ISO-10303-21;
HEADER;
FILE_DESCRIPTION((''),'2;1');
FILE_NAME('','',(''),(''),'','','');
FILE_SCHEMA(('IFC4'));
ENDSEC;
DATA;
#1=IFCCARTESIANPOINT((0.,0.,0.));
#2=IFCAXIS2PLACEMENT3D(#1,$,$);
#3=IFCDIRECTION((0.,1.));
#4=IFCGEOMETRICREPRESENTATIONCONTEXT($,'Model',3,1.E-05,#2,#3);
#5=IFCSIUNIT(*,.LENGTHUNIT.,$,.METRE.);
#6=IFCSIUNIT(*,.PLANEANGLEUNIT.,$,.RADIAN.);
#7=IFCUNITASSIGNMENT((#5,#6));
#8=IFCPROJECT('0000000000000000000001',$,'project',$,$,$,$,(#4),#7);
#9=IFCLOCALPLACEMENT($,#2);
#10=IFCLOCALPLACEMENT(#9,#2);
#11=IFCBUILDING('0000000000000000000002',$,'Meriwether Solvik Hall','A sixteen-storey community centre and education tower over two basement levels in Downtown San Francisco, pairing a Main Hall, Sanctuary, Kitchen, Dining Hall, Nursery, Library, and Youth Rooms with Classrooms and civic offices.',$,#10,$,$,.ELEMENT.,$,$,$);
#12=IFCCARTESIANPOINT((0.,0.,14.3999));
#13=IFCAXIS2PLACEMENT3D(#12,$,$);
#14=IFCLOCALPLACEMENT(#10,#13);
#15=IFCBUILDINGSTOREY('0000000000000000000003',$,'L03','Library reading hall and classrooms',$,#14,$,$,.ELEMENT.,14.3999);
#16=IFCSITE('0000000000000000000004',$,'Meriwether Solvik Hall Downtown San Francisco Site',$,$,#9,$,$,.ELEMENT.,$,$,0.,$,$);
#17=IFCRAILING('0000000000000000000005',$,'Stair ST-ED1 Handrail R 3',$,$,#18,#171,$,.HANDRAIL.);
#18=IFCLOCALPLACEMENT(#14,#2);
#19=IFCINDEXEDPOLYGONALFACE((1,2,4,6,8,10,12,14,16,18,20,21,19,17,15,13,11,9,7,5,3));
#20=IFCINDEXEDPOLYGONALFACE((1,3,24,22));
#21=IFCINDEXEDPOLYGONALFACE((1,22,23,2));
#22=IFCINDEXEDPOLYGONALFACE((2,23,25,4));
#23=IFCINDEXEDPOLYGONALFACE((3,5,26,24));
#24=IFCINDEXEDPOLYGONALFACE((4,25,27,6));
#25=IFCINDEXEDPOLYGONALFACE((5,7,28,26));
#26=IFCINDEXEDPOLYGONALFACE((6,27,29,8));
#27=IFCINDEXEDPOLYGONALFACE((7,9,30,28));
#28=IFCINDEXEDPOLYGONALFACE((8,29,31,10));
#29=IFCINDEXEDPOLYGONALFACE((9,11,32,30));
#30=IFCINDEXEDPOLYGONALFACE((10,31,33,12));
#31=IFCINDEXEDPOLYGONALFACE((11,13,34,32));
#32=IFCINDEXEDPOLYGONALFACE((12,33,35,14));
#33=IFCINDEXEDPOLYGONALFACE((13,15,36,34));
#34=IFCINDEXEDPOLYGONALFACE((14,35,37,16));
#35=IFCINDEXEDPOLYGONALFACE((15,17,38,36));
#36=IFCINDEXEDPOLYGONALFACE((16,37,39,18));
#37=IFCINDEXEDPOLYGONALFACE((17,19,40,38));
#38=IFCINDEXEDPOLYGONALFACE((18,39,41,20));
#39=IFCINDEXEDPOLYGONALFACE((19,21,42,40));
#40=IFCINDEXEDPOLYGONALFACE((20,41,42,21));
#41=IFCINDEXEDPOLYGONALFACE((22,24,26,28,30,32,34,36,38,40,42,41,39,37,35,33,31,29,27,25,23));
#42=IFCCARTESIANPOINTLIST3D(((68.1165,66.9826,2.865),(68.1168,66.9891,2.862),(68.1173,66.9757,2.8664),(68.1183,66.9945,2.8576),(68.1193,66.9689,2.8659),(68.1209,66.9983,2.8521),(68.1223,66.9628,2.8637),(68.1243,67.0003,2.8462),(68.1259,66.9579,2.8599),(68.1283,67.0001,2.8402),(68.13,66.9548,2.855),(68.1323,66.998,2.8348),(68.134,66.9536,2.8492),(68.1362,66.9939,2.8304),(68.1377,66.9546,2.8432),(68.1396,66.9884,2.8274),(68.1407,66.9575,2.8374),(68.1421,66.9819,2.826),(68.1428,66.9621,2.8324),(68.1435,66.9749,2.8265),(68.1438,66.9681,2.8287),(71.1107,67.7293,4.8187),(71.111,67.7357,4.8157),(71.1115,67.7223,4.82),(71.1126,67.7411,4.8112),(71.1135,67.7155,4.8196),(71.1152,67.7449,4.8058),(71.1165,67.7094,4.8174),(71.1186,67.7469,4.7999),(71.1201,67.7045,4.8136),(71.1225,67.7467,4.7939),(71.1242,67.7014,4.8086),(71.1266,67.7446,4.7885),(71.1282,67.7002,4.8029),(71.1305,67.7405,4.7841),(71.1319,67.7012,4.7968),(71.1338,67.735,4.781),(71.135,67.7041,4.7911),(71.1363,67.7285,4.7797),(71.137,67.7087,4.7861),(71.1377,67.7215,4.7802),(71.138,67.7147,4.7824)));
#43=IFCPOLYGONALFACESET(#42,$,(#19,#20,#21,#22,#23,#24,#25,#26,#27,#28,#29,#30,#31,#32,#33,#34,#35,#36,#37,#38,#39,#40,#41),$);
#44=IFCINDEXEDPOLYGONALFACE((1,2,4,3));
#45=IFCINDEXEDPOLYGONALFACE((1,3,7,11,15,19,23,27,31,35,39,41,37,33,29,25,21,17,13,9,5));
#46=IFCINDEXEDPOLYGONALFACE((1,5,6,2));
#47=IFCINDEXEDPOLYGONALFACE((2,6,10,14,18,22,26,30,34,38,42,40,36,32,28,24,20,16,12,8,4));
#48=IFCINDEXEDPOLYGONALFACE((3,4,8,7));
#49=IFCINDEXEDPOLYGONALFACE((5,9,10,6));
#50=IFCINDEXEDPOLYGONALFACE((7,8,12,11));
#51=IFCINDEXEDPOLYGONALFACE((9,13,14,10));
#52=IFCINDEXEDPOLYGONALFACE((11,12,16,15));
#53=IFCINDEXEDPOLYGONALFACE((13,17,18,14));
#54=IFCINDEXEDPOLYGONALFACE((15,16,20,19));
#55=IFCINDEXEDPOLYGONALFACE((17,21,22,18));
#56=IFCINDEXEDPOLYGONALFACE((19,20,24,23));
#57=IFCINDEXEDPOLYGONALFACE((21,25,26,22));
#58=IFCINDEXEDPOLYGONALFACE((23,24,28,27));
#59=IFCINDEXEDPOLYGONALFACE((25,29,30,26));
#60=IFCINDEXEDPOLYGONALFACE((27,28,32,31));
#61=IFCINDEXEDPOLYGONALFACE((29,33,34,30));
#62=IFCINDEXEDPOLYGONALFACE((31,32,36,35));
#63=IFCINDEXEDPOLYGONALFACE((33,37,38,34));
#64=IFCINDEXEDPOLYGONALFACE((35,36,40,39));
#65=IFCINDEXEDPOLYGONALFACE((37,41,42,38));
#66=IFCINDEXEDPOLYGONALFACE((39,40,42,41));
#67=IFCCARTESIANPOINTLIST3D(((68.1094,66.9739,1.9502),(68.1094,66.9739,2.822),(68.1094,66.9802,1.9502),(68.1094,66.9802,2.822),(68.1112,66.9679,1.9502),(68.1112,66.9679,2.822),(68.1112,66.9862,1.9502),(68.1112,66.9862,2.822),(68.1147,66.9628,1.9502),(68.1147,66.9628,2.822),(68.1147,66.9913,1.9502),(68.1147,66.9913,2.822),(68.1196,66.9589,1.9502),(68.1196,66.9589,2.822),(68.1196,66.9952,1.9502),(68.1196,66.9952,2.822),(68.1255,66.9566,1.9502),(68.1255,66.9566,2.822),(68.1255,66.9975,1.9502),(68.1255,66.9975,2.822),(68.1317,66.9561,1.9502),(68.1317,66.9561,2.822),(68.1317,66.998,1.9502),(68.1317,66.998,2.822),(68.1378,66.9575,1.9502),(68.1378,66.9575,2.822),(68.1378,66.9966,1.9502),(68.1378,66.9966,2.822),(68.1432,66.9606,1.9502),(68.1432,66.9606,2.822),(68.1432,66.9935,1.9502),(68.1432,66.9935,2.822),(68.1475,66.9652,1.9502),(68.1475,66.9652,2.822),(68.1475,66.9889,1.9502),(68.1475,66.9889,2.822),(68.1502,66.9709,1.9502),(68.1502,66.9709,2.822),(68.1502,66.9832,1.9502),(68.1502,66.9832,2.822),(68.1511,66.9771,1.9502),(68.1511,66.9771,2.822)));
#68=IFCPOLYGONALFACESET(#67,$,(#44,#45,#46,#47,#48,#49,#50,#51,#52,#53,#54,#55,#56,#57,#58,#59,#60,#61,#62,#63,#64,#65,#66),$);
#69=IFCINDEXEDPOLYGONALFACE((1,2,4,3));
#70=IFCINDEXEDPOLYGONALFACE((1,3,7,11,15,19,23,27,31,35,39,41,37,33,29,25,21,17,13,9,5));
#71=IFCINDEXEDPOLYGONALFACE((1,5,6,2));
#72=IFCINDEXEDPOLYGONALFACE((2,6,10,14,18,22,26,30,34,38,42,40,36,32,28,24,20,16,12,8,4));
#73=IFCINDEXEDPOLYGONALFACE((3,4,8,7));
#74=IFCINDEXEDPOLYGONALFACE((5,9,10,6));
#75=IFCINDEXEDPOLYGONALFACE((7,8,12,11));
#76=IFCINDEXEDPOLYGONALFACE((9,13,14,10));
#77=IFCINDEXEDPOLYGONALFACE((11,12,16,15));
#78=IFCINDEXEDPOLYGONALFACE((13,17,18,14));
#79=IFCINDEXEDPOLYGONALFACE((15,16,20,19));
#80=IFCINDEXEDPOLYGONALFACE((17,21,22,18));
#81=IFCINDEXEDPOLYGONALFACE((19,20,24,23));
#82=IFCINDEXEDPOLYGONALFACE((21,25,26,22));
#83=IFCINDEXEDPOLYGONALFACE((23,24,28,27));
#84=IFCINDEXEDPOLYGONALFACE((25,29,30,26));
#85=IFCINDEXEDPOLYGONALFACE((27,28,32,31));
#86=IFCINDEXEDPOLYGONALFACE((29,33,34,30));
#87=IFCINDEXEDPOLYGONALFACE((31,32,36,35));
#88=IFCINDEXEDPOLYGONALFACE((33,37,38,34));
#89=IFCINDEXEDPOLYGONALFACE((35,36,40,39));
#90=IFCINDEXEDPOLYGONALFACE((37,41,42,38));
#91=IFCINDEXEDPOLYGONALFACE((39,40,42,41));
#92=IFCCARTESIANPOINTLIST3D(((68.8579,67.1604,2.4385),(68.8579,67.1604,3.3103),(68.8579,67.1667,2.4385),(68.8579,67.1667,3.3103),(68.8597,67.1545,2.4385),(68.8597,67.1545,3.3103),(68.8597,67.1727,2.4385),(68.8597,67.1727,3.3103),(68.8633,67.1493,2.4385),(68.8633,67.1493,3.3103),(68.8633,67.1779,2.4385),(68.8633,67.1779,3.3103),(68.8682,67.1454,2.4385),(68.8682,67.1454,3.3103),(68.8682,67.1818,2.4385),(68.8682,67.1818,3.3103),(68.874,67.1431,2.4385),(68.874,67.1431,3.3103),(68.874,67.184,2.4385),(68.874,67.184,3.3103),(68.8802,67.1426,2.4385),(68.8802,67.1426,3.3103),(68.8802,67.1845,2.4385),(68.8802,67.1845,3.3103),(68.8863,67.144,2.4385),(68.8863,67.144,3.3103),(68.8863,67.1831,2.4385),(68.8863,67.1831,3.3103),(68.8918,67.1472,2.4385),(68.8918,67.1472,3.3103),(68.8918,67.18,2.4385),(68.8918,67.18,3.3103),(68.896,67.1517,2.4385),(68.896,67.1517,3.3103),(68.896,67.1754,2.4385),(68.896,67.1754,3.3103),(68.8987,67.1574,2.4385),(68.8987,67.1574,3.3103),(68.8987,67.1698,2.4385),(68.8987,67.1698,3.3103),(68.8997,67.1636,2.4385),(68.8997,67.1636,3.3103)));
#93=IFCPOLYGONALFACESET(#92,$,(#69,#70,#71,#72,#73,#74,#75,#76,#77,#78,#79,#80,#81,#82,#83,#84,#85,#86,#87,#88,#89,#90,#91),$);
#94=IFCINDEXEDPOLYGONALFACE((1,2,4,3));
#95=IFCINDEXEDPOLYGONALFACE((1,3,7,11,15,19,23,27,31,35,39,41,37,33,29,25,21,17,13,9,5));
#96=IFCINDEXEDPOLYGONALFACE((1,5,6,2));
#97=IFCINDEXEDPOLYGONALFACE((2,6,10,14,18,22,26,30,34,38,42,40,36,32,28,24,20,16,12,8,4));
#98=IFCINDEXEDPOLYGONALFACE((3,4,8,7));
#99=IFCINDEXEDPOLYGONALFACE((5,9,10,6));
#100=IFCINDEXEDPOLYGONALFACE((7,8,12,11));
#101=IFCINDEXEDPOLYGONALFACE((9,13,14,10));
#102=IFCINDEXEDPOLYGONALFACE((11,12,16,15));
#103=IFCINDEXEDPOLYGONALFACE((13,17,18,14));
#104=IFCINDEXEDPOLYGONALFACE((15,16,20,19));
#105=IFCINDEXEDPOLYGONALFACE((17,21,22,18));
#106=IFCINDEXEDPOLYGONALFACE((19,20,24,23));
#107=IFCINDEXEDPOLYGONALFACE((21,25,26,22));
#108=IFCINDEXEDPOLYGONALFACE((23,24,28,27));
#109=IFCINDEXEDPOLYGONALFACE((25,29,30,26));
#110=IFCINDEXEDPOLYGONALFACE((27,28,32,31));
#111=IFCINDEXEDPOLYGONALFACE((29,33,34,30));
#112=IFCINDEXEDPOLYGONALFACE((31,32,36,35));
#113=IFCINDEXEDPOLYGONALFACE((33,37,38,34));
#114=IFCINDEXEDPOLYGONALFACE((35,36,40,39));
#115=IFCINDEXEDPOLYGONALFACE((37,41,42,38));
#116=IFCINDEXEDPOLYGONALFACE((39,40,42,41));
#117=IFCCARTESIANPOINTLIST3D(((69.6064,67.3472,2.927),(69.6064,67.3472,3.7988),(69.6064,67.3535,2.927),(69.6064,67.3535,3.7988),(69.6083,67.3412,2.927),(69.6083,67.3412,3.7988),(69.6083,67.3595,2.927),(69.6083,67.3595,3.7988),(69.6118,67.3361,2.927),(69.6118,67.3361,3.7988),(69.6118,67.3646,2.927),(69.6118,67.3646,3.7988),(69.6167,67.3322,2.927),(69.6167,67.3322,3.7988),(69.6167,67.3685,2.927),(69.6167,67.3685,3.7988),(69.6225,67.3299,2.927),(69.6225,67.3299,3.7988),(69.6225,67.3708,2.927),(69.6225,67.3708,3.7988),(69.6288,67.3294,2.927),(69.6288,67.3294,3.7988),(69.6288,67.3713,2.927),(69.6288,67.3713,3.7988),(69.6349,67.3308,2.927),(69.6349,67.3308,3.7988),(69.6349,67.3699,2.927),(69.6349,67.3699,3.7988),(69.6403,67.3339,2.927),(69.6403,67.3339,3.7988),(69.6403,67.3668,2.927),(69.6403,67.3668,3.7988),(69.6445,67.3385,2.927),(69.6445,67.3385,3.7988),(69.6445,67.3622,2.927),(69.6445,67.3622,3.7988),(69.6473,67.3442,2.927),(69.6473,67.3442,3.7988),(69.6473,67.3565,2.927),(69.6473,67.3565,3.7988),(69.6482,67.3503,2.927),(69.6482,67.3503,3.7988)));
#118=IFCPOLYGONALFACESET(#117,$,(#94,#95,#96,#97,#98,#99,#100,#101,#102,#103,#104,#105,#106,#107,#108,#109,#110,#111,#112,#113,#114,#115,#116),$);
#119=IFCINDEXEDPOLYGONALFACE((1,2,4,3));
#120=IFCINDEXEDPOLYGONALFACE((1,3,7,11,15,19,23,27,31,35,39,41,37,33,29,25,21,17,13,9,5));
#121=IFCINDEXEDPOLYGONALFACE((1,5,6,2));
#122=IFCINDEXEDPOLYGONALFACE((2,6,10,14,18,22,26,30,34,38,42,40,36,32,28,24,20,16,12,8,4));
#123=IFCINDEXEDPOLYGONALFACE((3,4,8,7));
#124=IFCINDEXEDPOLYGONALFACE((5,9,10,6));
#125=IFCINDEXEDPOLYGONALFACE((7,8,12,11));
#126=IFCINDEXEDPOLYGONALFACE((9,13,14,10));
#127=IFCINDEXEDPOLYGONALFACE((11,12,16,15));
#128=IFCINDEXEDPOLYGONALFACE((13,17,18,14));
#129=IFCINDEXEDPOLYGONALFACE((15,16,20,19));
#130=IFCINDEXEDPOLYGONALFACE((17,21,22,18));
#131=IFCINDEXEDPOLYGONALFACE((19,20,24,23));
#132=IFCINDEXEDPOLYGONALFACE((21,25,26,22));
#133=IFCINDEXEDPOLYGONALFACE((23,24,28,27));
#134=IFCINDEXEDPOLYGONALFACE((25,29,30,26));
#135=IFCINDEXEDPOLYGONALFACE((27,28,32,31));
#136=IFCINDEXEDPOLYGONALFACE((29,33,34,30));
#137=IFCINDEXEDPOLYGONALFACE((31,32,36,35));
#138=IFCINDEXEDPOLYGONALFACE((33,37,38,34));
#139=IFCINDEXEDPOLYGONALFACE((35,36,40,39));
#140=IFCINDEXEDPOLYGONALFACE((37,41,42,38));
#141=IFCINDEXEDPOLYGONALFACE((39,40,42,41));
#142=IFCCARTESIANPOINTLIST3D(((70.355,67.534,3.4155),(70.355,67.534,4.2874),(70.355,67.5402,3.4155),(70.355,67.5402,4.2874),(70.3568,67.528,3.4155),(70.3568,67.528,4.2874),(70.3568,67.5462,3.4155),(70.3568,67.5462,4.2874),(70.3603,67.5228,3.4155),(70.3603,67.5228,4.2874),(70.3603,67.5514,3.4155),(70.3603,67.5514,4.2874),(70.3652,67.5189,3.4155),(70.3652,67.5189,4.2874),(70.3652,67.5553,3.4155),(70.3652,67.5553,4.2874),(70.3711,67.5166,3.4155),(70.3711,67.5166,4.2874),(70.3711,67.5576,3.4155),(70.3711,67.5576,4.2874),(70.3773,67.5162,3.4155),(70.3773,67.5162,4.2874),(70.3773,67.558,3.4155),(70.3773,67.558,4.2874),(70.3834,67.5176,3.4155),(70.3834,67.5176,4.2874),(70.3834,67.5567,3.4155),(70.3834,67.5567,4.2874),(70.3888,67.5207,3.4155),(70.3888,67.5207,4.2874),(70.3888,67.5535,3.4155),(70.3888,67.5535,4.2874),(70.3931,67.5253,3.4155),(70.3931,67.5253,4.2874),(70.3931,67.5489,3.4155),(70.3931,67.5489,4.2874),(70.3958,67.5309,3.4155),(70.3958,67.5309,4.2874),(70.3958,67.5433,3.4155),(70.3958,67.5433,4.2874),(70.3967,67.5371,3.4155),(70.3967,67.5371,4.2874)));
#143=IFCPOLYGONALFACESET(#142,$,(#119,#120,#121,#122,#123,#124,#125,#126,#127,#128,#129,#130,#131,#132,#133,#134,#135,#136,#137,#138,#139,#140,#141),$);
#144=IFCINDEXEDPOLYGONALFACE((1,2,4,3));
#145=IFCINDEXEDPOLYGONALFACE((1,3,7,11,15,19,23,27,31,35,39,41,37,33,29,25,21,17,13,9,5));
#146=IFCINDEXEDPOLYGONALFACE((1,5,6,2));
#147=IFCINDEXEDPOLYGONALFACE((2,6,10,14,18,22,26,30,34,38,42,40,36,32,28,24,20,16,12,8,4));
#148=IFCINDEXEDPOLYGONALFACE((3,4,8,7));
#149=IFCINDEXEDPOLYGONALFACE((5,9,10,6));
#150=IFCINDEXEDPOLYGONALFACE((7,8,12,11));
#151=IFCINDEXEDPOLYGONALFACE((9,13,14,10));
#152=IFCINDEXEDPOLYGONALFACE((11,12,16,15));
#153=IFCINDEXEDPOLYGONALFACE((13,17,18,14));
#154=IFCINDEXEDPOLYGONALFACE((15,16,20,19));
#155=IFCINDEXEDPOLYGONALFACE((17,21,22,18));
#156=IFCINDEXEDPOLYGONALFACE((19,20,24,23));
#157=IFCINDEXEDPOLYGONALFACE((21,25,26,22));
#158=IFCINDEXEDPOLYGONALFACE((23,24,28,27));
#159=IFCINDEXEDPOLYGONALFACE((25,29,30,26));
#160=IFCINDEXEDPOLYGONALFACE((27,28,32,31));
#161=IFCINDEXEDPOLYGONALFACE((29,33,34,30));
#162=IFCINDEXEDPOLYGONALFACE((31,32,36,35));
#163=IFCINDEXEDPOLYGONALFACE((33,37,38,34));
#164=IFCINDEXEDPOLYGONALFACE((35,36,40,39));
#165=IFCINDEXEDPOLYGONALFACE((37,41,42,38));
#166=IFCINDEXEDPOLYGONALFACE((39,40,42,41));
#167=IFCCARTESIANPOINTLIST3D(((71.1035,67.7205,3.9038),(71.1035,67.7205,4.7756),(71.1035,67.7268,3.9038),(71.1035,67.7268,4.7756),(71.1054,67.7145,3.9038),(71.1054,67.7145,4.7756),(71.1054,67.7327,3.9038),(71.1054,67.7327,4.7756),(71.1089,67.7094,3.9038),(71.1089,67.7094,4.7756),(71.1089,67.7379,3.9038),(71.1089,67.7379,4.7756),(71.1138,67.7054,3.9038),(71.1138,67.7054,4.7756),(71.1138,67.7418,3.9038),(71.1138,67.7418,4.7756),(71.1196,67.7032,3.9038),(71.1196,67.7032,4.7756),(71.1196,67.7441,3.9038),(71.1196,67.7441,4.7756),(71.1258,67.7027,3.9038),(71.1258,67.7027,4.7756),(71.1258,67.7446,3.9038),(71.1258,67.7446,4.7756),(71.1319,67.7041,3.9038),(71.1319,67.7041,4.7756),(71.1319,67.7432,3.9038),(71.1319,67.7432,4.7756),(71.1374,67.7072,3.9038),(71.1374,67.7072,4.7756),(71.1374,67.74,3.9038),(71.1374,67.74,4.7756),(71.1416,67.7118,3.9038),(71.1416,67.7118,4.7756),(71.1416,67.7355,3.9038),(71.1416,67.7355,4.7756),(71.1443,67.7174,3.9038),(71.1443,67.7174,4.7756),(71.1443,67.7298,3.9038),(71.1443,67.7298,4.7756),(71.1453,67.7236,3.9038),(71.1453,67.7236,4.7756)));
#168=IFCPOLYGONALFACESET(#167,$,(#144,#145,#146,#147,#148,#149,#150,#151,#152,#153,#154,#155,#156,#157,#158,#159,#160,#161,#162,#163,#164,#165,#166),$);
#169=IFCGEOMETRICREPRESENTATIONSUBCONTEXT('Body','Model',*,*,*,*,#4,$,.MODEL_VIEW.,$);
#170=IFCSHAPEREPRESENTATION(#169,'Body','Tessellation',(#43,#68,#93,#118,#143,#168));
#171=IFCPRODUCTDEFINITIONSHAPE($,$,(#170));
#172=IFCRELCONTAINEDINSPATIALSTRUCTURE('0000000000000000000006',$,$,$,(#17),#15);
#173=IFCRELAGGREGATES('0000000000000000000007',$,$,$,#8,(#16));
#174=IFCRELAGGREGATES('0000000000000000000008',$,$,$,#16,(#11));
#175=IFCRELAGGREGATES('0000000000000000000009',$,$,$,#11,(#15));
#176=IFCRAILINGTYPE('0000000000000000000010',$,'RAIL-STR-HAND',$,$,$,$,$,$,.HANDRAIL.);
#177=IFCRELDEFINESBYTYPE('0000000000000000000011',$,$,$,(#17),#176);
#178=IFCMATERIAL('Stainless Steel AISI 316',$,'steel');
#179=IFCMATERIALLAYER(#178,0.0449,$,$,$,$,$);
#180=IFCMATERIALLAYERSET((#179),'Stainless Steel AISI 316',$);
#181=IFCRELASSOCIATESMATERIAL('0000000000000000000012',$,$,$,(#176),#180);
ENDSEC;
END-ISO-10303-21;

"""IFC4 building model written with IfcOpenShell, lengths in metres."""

from ifc_helpers import new_model, si_unit, direction, frame, origin, origin_2d, place, context, subcontext, project, spatial, circle, extrude, material, layer, layer_set, type_object, element, save


model = new_model("IFC4")

# Units and contexts
model_context = context("Model", 3, precision=1e-05, world=origin(), true_north=direction((0.0, 1.0)))
body_context = subcontext(model_context, "Body", "Model", "MODEL_VIEW")
ifc_project = project(units=[si_unit("LENGTHUNIT", "METRE"), si_unit("PLANEANGLEUNIT", "RADIAN")], contexts=[model_context])

# Site, building, storey
site_placement = place(None, origin())
site = spatial("IfcSite", under=ifc_project, at=site_placement, Name="Meriwether Solvik Hall Downtown San Francisco Site", CompositionType="ELEMENT", RefElevation=0.0)
building_placement = place(site_placement, origin())
building = spatial("IfcBuilding", under=site, at=building_placement, Name="Meriwether Solvik Hall", Description="A sixteen-storey community centre and education tower over two basement levels in Downtown San Francisco, pairing a Main Hall, Sanctuary, Kitchen, Dining Hall, Nursery, Library, and Youth Rooms with Classrooms and civic offices.", CompositionType="ELEMENT")
storey_placement = place(building_placement, frame((0.0, 0.0, 14.3999)))
storey = spatial("IfcBuildingStorey", under=building, at=storey_placement, Name="L03", Description="Library reading hall and classrooms", CompositionType="ELEMENT", Elevation=14.3999)

# Railing
ifc_material_1 = material(Name="Stainless Steel AISI 316", Category="steel")
ifc_layer_1 = layer(ifc_material_1, 0.0449)
ifc_layer_set_1 = layer_set([ifc_layer_1], Name="Stainless Steel AISI 316")
railing_type_1 = type_object("IfcRailingType", Name="RAIL-STR-HAND", PredefinedType="HANDRAIL", material=ifc_layer_set_1)
railing_1_placement = place(storey_placement, frame((68.1301, 66.9771, 1.9502)))
element("IfcRailing", 1, at=railing_1_placement, inside=storey, type_object=railing_type_1, Name="Stair ST-ED1 Handrail R 3", PredefinedType="HANDRAIL", context=body_context, shape_type="SweptSolid", body=[
    extrude(circle(Radius=0.0239, at=origin_2d()), frame((0.0, 0.0, 0.896), z_axis=(0.819809, 0.204417, 0.534908), x_axis=(-0.24194, 0.970291, 0.0)), (0.0, 0.0, 1.0), 3.6523),
    extrude(circle(Radius=0.021, at=origin_2d()), origin(), (0.0, 0.0, 1.0), 0.8718),
    extrude(circle(Radius=0.021, at=origin_2d()), frame((0.7485, 0.1865, 0.4883)), (0.0, 0.0, 1.0), 0.8718),
    extrude(circle(Radius=0.021, at=origin_2d()), frame((1.4971, 0.3733, 0.9768)), (0.0, 0.0, 1.0), 0.8718),
    extrude(circle(Radius=0.021, at=origin_2d()), frame((2.2456, 0.5601, 1.4653)), (0.0, 0.0, 1.0), 0.8718),
    extrude(circle(Radius=0.021, at=origin_2d()), frame((2.9941, 0.7466, 1.9536)), (0.0, 0.0, 1.0), 0.8718),
])

save(model, "model.ifc")
